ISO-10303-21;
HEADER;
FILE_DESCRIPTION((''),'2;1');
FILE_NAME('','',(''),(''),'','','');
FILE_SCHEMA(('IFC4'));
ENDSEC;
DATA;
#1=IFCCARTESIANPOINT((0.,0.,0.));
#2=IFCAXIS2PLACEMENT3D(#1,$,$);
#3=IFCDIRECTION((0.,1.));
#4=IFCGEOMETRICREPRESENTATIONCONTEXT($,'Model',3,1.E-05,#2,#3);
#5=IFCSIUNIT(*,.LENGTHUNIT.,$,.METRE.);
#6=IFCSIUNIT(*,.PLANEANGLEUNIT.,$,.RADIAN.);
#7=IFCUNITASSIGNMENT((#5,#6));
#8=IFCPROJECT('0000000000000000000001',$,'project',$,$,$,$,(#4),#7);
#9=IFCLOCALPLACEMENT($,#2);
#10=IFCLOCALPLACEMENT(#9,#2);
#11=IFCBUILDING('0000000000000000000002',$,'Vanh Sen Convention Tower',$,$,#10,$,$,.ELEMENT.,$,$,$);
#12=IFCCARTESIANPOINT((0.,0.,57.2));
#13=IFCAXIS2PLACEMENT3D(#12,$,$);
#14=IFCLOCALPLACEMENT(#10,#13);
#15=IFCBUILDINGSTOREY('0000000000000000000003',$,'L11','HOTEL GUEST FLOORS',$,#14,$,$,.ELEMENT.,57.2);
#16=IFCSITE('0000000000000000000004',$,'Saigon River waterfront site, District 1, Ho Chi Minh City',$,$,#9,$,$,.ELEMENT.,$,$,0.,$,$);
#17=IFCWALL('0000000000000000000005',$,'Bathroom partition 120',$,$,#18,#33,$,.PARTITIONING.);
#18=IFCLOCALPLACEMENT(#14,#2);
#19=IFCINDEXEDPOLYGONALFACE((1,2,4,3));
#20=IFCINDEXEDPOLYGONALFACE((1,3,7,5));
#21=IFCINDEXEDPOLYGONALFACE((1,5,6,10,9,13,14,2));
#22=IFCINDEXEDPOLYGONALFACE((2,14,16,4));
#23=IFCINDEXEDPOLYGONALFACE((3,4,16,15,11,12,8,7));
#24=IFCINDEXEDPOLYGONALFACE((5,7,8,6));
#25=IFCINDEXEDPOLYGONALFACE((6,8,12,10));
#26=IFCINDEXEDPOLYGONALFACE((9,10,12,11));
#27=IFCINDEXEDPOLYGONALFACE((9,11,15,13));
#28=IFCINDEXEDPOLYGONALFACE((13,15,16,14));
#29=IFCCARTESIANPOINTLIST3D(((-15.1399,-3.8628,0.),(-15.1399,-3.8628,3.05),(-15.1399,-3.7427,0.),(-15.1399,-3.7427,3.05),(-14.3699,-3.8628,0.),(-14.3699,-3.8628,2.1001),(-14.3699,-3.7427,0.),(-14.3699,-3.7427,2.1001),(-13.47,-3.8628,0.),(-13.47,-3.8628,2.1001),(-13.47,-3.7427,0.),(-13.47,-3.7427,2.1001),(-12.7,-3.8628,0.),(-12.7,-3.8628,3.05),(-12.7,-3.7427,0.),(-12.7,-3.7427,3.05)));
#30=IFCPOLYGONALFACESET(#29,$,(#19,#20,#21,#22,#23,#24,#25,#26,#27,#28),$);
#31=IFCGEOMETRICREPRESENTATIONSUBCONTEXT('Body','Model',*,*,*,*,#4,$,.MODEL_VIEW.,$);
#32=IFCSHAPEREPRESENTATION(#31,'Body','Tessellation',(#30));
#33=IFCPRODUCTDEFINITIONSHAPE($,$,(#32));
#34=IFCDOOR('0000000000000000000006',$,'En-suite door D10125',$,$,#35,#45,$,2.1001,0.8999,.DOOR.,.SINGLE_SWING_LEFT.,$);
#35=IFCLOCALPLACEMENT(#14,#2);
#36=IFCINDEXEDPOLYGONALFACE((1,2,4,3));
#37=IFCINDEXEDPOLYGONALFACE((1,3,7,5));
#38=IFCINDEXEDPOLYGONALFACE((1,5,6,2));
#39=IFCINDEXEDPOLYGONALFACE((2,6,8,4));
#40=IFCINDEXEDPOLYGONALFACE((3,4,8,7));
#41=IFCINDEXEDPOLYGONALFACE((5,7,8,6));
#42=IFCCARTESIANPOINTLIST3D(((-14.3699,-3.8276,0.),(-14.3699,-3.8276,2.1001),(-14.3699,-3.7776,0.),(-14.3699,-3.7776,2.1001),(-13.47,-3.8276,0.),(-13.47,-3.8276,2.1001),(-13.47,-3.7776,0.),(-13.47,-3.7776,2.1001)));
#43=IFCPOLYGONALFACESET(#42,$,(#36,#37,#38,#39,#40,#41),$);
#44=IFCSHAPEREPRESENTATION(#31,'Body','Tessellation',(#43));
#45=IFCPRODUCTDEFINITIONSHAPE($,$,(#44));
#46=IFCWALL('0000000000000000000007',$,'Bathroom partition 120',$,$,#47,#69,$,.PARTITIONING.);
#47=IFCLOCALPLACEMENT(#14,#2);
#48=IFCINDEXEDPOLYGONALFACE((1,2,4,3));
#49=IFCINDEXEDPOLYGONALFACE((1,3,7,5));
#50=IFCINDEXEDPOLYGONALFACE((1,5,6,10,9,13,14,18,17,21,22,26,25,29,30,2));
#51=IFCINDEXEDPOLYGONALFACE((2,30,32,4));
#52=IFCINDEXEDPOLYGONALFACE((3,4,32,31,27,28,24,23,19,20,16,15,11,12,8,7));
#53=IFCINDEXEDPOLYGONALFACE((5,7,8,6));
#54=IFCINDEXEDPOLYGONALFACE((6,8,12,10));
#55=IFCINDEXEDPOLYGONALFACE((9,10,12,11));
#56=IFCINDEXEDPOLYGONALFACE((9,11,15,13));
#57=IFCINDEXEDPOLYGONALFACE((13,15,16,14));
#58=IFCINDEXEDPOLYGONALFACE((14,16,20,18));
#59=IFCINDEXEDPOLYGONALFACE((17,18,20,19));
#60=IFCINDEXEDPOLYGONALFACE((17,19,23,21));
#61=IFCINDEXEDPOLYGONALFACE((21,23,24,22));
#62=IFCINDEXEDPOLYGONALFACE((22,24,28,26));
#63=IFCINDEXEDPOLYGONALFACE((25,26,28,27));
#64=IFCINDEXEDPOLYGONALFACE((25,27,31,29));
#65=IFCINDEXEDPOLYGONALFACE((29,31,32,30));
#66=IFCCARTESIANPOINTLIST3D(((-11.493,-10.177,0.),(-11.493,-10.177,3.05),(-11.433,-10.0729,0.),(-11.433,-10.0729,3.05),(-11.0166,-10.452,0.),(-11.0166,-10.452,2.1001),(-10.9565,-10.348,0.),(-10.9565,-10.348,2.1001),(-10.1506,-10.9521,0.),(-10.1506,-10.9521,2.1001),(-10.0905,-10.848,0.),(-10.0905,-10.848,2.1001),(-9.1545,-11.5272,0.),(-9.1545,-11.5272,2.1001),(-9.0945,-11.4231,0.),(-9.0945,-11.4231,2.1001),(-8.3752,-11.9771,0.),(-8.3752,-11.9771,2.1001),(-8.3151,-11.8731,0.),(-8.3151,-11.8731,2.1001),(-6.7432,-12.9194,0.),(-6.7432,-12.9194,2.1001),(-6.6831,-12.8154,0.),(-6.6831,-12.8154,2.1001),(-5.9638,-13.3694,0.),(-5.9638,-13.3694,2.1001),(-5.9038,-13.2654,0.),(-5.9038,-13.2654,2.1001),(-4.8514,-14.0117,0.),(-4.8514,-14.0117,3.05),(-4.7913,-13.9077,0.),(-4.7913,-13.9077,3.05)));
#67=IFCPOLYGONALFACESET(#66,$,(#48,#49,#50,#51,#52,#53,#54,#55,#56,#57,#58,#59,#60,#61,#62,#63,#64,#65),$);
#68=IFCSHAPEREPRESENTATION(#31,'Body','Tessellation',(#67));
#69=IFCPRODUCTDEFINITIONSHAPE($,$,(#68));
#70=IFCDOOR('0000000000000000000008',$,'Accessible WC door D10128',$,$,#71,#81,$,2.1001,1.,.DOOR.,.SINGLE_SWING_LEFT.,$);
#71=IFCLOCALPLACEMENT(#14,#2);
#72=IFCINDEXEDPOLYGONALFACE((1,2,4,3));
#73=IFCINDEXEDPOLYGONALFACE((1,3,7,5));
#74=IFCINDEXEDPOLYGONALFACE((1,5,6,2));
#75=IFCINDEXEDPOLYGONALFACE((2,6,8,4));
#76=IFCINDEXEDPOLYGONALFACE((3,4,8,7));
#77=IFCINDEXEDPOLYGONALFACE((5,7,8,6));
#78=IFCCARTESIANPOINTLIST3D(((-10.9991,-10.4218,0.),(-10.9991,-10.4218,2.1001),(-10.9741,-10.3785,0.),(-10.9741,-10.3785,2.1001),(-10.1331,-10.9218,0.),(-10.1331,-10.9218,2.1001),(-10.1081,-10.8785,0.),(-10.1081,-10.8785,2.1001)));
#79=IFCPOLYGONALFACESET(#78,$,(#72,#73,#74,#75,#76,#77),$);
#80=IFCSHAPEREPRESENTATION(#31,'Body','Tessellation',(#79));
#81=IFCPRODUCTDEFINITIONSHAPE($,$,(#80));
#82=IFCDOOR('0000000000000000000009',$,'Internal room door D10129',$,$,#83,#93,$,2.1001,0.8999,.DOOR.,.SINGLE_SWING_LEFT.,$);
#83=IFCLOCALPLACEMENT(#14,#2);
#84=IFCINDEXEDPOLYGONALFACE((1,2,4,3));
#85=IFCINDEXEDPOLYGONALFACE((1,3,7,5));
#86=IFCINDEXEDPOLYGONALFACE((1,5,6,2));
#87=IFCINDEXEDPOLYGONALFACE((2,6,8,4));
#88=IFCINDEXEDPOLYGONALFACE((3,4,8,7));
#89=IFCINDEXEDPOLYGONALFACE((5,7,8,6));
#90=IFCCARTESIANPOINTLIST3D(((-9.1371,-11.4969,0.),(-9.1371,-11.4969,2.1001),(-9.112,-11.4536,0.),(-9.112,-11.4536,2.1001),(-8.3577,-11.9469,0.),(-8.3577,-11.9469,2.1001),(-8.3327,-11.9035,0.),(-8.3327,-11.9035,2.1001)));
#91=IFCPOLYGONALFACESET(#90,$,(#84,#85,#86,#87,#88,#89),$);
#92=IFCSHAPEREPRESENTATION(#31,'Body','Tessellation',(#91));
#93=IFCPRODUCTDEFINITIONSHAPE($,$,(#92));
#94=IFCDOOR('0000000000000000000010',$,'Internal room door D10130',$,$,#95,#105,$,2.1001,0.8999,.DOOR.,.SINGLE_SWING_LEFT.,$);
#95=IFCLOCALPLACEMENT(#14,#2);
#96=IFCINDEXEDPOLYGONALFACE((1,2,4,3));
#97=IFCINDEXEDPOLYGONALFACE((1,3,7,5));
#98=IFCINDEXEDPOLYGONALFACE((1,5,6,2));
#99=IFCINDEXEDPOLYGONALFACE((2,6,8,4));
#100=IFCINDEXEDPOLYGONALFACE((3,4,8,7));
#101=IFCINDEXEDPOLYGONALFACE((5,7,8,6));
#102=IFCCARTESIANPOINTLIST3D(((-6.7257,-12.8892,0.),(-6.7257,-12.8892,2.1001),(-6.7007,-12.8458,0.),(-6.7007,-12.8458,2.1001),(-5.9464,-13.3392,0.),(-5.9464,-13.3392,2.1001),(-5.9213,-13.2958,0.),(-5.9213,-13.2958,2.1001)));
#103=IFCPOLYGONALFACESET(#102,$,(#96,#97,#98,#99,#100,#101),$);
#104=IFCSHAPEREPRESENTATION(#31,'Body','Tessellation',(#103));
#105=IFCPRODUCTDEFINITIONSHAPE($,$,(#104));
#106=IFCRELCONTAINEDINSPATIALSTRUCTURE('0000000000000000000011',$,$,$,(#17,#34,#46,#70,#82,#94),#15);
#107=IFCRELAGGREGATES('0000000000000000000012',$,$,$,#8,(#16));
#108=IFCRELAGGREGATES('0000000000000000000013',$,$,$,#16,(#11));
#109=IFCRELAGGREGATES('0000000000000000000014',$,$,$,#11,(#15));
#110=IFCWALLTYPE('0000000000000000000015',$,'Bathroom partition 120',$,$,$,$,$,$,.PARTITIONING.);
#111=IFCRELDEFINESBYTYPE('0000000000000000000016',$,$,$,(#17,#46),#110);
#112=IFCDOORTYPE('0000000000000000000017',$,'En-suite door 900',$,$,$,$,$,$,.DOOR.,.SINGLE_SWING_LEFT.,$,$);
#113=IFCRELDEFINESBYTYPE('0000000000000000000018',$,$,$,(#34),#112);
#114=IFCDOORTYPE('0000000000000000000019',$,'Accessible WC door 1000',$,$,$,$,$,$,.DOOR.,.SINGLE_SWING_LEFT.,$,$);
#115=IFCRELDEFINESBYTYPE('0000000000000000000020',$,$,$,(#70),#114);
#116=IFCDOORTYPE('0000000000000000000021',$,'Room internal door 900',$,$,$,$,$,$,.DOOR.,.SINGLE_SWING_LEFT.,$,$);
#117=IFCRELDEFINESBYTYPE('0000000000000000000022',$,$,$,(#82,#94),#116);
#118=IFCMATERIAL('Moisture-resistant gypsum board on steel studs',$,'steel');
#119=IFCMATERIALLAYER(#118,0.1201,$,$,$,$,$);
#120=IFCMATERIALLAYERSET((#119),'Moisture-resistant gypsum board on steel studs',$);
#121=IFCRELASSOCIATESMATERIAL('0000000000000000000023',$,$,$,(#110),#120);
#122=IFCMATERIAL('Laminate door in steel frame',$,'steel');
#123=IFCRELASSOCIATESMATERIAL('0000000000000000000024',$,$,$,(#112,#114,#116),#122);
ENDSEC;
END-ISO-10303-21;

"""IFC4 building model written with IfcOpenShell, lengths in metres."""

from ifc_helpers import new_model, si_unit, direction, frame, frame_2d, origin, place, context, subcontext, project, spatial, rectangle, extrude, material, layer, layer_set, type_object, element, fill, save


model = new_model("IFC4")

# Units and contexts
model_context = context("Model", 3, precision=1e-05, world=origin(), true_north=direction((0.0, 1.0)))
body_context = subcontext(model_context, "Body", "Model", "MODEL_VIEW")
ifc_project = project(units=[si_unit("LENGTHUNIT", "METRE"), si_unit("PLANEANGLEUNIT", "RADIAN")], contexts=[model_context])

# Site, building, storey
site_placement = place(None, origin())
site = spatial("IfcSite", under=ifc_project, at=site_placement, Name="Saigon River waterfront site, District 1, Ho Chi Minh City", CompositionType="ELEMENT", RefElevation=0.0)
building_placement = place(site_placement, origin())
building = spatial("IfcBuilding", under=site, at=building_placement, Name="Vanh Sen Convention Tower", CompositionType="ELEMENT")
storey_placement = place(building_placement, frame((0.0, 0.0, 57.2)))
storey = spatial("IfcBuildingStorey", under=building, at=storey_placement, Name="L11", Description="HOTEL GUEST FLOORS", CompositionType="ELEMENT", Elevation=57.2)

# Wall, opening, door
ifc_material_1 = material(Name="Moisture-resistant gypsum board on steel studs", Category="steel")
ifc_layer_1 = layer(ifc_material_1, 0.1201)
ifc_layer_set_1 = layer_set([ifc_layer_1], Name="Moisture-resistant gypsum board on steel studs")
wall_type_1 = type_object("IfcWallType", Name="Bathroom partition 120", PredefinedType="PARTITIONING", material=ifc_layer_set_1)
wall_1_placement = place(storey_placement, frame((-12.7, -3.8027, 0.0), z_axis=(0.0, 0.0, 1.0), x_axis=(-1.0, 0.0, 0.0)))
wall_1 = element("IfcWall", 1, at=wall_1_placement, inside=storey, type_object=wall_type_1, Name="Bathroom partition 120", PredefinedType="PARTITIONING", context=body_context, shape_type="SweptSolid", body=[
    extrude(rectangle(XDim=2.4399, YDim=0.1201, at=frame_2d((1.22, 0.0))), origin(), (0.0, 0.0, 1.0), 3.05),
])
opening_1_placement = place(wall_1_placement, frame((0.77, 0.0, 0.0)))
opening_1 = element("IfcOpeningElement", 2, at=opening_1_placement, cuts=wall_1, PredefinedType="OPENING", context=body_context, shape_type="SweptSolid", body=[
    extrude(rectangle(XDim=0.8999, YDim=2.1001, at=frame_2d((0.45, 1.05))), frame((0.0, 0.0701, 0.0), z_axis=(0.0, -1.0, 0.0), x_axis=(1.0, 0.0, 0.0)), (0.0, 0.0, 1.0), 0.1401),
])
ifc_material_2 = material(Name="Laminate door in steel frame", Category="steel")
door_type_1 = type_object("IfcDoorType", Name="En-suite door 900", OperationType="SINGLE_SWING_LEFT", PredefinedType="DOOR", material=ifc_material_2)
door_1_placement = place(opening_1_placement, origin())
door_1 = element("IfcDoor", 3, at=door_1_placement, inside=storey, type_object=door_type_1, Name="En-suite door D10125", OperationType="SINGLE_SWING_LEFT", OverallHeight=2.1001, OverallWidth=0.8999, PredefinedType="DOOR", context=body_context, shape_type="SweptSolid", body=[
    extrude(rectangle(XDim=0.8999, YDim=2.1001, at=frame_2d((0.45, 1.05))), frame((0.0, 0.0249, 0.0), z_axis=(0.0, -1.0, 0.0), x_axis=(1.0, 0.0, 0.0)), (0.0, 0.0, 1.0), 0.05),
])
fill(opening_1, door_1)

# Wall, openings, doors
wall_2_placement = place(storey_placement, frame((-11.4629, -10.125, 0.0), z_axis=(0.0, 0.0, 1.0), x_axis=(0.866015, -0.500018, 0.0)))
wall_2 = element("IfcWall", 4, at=wall_2_placement, inside=storey, type_object=wall_type_1, Name="Bathroom partition 120", PredefinedType="PARTITIONING", context=body_context, shape_type="SweptSolid", body=[
    extrude(rectangle(XDim=7.6692, YDim=0.1201, at=frame_2d((3.8345, 0.0))), origin(), (0.0, 0.0, 1.0), 3.05),
])
opening_2_placement = place(wall_2_placement, frame((0.55, 0.0, 0.0)))
opening_2 = element("IfcOpeningElement", 5, at=opening_2_placement, cuts=wall_2, PredefinedType="OPENING", context=body_context, shape_type="SweptSolid", body=[
    extrude(rectangle(XDim=1.0, YDim=2.1001, at=frame_2d((0.5, 1.05))), frame((0.0, 0.0701, 0.0), z_axis=(0.0, -1.0, 0.0), x_axis=(1.0, 0.0, 0.0)), (0.0, 0.0, 1.0), 0.1401),
])
opening_3_placement = place(wall_2_placement, frame((2.7002, 0.0, 0.0)))
opening_3 = element("IfcOpeningElement", 6, at=opening_3_placement, cuts=wall_2, PredefinedType="OPENING", context=body_context, shape_type="SweptSolid", body=[
    extrude(rectangle(XDim=0.8999, YDim=2.1001, at=frame_2d((0.45, 1.05))), frame((0.0, 0.0701, 0.0), z_axis=(0.0, -1.0, 0.0), x_axis=(1.0, 0.0, 0.0)), (0.0, 0.0, 1.0), 0.1401),
])
opening_4_placement = place(wall_2_placement, frame((5.4846, 0.0, 0.0)))
opening_4 = element("IfcOpeningElement", 7, at=opening_4_placement, cuts=wall_2, PredefinedType="OPENING", context=body_context, shape_type="SweptSolid", body=[
    extrude(rectangle(XDim=0.8999, YDim=2.1001, at=frame_2d((0.45, 1.05))), frame((0.0, 0.0701, 0.0), z_axis=(0.0, -1.0, 0.0), x_axis=(1.0, 0.0, 0.0)), (0.0, 0.0, 1.0), 0.1401),
])
door_type_2 = type_object("IfcDoorType", Name="Accessible WC door 1000", OperationType="SINGLE_SWING_LEFT", PredefinedType="DOOR", material=ifc_material_2)
door_2_placement = place(opening_2_placement, origin())
door_2 = element("IfcDoor", 8, at=door_2_placement, inside=storey, type_object=door_type_2, Name="Accessible WC door D10128", OperationType="SINGLE_SWING_LEFT", OverallHeight=2.1001, OverallWidth=1.0, PredefinedType="DOOR", context=body_context, shape_type="SweptSolid", body=[
    extrude(rectangle(XDim=1.0, YDim=2.1001, at=frame_2d((0.5, 1.05))), frame((0.0, 0.0249, 0.0), z_axis=(0.0, -1.0, 0.0), x_axis=(1.0, 0.0, 0.0)), (0.0, 0.0, 1.0), 0.05),
])
fill(opening_2, door_2)
door_type_3 = type_object("IfcDoorType", Name="Room internal door 900", OperationType="SINGLE_SWING_LEFT", PredefinedType="DOOR", material=ifc_material_2)
door_3_placement = place(opening_3_placement, origin())
door_3 = element("IfcDoor", 9, at=door_3_placement, inside=storey, type_object=door_type_3, Name="Internal room door D10129", OperationType="SINGLE_SWING_LEFT", OverallHeight=2.1001, OverallWidth=0.8999, PredefinedType="DOOR", context=body_context, shape_type="SweptSolid", body=[
    extrude(rectangle(XDim=0.8999, YDim=2.1001, at=frame_2d((0.45, 1.05))), frame((0.0, 0.0249, 0.0), z_axis=(0.0, -1.0, 0.0), x_axis=(1.0, 0.0, 0.0)), (0.0, 0.0, 1.0), 0.05),
])
fill(opening_3, door_3)
door_4_placement = place(opening_4_placement, origin())
door_4 = element("IfcDoor", 10, at=door_4_placement, inside=storey, type_object=door_type_3, Name="Internal room door D10130", OperationType="SINGLE_SWING_LEFT", OverallHeight=2.1001, OverallWidth=0.8999, PredefinedType="DOOR", context=body_context, shape_type="SweptSolid", body=[
    extrude(rectangle(XDim=0.8999, YDim=2.1001, at=frame_2d((0.45, 1.05))), frame((0.0, 0.0249, 0.0), z_axis=(0.0, -1.0, 0.0), x_axis=(1.0, 0.0, 0.0)), (0.0, 0.0, 1.0), 0.05),
])
fill(opening_4, door_4)

save(model, "model.ifc")
